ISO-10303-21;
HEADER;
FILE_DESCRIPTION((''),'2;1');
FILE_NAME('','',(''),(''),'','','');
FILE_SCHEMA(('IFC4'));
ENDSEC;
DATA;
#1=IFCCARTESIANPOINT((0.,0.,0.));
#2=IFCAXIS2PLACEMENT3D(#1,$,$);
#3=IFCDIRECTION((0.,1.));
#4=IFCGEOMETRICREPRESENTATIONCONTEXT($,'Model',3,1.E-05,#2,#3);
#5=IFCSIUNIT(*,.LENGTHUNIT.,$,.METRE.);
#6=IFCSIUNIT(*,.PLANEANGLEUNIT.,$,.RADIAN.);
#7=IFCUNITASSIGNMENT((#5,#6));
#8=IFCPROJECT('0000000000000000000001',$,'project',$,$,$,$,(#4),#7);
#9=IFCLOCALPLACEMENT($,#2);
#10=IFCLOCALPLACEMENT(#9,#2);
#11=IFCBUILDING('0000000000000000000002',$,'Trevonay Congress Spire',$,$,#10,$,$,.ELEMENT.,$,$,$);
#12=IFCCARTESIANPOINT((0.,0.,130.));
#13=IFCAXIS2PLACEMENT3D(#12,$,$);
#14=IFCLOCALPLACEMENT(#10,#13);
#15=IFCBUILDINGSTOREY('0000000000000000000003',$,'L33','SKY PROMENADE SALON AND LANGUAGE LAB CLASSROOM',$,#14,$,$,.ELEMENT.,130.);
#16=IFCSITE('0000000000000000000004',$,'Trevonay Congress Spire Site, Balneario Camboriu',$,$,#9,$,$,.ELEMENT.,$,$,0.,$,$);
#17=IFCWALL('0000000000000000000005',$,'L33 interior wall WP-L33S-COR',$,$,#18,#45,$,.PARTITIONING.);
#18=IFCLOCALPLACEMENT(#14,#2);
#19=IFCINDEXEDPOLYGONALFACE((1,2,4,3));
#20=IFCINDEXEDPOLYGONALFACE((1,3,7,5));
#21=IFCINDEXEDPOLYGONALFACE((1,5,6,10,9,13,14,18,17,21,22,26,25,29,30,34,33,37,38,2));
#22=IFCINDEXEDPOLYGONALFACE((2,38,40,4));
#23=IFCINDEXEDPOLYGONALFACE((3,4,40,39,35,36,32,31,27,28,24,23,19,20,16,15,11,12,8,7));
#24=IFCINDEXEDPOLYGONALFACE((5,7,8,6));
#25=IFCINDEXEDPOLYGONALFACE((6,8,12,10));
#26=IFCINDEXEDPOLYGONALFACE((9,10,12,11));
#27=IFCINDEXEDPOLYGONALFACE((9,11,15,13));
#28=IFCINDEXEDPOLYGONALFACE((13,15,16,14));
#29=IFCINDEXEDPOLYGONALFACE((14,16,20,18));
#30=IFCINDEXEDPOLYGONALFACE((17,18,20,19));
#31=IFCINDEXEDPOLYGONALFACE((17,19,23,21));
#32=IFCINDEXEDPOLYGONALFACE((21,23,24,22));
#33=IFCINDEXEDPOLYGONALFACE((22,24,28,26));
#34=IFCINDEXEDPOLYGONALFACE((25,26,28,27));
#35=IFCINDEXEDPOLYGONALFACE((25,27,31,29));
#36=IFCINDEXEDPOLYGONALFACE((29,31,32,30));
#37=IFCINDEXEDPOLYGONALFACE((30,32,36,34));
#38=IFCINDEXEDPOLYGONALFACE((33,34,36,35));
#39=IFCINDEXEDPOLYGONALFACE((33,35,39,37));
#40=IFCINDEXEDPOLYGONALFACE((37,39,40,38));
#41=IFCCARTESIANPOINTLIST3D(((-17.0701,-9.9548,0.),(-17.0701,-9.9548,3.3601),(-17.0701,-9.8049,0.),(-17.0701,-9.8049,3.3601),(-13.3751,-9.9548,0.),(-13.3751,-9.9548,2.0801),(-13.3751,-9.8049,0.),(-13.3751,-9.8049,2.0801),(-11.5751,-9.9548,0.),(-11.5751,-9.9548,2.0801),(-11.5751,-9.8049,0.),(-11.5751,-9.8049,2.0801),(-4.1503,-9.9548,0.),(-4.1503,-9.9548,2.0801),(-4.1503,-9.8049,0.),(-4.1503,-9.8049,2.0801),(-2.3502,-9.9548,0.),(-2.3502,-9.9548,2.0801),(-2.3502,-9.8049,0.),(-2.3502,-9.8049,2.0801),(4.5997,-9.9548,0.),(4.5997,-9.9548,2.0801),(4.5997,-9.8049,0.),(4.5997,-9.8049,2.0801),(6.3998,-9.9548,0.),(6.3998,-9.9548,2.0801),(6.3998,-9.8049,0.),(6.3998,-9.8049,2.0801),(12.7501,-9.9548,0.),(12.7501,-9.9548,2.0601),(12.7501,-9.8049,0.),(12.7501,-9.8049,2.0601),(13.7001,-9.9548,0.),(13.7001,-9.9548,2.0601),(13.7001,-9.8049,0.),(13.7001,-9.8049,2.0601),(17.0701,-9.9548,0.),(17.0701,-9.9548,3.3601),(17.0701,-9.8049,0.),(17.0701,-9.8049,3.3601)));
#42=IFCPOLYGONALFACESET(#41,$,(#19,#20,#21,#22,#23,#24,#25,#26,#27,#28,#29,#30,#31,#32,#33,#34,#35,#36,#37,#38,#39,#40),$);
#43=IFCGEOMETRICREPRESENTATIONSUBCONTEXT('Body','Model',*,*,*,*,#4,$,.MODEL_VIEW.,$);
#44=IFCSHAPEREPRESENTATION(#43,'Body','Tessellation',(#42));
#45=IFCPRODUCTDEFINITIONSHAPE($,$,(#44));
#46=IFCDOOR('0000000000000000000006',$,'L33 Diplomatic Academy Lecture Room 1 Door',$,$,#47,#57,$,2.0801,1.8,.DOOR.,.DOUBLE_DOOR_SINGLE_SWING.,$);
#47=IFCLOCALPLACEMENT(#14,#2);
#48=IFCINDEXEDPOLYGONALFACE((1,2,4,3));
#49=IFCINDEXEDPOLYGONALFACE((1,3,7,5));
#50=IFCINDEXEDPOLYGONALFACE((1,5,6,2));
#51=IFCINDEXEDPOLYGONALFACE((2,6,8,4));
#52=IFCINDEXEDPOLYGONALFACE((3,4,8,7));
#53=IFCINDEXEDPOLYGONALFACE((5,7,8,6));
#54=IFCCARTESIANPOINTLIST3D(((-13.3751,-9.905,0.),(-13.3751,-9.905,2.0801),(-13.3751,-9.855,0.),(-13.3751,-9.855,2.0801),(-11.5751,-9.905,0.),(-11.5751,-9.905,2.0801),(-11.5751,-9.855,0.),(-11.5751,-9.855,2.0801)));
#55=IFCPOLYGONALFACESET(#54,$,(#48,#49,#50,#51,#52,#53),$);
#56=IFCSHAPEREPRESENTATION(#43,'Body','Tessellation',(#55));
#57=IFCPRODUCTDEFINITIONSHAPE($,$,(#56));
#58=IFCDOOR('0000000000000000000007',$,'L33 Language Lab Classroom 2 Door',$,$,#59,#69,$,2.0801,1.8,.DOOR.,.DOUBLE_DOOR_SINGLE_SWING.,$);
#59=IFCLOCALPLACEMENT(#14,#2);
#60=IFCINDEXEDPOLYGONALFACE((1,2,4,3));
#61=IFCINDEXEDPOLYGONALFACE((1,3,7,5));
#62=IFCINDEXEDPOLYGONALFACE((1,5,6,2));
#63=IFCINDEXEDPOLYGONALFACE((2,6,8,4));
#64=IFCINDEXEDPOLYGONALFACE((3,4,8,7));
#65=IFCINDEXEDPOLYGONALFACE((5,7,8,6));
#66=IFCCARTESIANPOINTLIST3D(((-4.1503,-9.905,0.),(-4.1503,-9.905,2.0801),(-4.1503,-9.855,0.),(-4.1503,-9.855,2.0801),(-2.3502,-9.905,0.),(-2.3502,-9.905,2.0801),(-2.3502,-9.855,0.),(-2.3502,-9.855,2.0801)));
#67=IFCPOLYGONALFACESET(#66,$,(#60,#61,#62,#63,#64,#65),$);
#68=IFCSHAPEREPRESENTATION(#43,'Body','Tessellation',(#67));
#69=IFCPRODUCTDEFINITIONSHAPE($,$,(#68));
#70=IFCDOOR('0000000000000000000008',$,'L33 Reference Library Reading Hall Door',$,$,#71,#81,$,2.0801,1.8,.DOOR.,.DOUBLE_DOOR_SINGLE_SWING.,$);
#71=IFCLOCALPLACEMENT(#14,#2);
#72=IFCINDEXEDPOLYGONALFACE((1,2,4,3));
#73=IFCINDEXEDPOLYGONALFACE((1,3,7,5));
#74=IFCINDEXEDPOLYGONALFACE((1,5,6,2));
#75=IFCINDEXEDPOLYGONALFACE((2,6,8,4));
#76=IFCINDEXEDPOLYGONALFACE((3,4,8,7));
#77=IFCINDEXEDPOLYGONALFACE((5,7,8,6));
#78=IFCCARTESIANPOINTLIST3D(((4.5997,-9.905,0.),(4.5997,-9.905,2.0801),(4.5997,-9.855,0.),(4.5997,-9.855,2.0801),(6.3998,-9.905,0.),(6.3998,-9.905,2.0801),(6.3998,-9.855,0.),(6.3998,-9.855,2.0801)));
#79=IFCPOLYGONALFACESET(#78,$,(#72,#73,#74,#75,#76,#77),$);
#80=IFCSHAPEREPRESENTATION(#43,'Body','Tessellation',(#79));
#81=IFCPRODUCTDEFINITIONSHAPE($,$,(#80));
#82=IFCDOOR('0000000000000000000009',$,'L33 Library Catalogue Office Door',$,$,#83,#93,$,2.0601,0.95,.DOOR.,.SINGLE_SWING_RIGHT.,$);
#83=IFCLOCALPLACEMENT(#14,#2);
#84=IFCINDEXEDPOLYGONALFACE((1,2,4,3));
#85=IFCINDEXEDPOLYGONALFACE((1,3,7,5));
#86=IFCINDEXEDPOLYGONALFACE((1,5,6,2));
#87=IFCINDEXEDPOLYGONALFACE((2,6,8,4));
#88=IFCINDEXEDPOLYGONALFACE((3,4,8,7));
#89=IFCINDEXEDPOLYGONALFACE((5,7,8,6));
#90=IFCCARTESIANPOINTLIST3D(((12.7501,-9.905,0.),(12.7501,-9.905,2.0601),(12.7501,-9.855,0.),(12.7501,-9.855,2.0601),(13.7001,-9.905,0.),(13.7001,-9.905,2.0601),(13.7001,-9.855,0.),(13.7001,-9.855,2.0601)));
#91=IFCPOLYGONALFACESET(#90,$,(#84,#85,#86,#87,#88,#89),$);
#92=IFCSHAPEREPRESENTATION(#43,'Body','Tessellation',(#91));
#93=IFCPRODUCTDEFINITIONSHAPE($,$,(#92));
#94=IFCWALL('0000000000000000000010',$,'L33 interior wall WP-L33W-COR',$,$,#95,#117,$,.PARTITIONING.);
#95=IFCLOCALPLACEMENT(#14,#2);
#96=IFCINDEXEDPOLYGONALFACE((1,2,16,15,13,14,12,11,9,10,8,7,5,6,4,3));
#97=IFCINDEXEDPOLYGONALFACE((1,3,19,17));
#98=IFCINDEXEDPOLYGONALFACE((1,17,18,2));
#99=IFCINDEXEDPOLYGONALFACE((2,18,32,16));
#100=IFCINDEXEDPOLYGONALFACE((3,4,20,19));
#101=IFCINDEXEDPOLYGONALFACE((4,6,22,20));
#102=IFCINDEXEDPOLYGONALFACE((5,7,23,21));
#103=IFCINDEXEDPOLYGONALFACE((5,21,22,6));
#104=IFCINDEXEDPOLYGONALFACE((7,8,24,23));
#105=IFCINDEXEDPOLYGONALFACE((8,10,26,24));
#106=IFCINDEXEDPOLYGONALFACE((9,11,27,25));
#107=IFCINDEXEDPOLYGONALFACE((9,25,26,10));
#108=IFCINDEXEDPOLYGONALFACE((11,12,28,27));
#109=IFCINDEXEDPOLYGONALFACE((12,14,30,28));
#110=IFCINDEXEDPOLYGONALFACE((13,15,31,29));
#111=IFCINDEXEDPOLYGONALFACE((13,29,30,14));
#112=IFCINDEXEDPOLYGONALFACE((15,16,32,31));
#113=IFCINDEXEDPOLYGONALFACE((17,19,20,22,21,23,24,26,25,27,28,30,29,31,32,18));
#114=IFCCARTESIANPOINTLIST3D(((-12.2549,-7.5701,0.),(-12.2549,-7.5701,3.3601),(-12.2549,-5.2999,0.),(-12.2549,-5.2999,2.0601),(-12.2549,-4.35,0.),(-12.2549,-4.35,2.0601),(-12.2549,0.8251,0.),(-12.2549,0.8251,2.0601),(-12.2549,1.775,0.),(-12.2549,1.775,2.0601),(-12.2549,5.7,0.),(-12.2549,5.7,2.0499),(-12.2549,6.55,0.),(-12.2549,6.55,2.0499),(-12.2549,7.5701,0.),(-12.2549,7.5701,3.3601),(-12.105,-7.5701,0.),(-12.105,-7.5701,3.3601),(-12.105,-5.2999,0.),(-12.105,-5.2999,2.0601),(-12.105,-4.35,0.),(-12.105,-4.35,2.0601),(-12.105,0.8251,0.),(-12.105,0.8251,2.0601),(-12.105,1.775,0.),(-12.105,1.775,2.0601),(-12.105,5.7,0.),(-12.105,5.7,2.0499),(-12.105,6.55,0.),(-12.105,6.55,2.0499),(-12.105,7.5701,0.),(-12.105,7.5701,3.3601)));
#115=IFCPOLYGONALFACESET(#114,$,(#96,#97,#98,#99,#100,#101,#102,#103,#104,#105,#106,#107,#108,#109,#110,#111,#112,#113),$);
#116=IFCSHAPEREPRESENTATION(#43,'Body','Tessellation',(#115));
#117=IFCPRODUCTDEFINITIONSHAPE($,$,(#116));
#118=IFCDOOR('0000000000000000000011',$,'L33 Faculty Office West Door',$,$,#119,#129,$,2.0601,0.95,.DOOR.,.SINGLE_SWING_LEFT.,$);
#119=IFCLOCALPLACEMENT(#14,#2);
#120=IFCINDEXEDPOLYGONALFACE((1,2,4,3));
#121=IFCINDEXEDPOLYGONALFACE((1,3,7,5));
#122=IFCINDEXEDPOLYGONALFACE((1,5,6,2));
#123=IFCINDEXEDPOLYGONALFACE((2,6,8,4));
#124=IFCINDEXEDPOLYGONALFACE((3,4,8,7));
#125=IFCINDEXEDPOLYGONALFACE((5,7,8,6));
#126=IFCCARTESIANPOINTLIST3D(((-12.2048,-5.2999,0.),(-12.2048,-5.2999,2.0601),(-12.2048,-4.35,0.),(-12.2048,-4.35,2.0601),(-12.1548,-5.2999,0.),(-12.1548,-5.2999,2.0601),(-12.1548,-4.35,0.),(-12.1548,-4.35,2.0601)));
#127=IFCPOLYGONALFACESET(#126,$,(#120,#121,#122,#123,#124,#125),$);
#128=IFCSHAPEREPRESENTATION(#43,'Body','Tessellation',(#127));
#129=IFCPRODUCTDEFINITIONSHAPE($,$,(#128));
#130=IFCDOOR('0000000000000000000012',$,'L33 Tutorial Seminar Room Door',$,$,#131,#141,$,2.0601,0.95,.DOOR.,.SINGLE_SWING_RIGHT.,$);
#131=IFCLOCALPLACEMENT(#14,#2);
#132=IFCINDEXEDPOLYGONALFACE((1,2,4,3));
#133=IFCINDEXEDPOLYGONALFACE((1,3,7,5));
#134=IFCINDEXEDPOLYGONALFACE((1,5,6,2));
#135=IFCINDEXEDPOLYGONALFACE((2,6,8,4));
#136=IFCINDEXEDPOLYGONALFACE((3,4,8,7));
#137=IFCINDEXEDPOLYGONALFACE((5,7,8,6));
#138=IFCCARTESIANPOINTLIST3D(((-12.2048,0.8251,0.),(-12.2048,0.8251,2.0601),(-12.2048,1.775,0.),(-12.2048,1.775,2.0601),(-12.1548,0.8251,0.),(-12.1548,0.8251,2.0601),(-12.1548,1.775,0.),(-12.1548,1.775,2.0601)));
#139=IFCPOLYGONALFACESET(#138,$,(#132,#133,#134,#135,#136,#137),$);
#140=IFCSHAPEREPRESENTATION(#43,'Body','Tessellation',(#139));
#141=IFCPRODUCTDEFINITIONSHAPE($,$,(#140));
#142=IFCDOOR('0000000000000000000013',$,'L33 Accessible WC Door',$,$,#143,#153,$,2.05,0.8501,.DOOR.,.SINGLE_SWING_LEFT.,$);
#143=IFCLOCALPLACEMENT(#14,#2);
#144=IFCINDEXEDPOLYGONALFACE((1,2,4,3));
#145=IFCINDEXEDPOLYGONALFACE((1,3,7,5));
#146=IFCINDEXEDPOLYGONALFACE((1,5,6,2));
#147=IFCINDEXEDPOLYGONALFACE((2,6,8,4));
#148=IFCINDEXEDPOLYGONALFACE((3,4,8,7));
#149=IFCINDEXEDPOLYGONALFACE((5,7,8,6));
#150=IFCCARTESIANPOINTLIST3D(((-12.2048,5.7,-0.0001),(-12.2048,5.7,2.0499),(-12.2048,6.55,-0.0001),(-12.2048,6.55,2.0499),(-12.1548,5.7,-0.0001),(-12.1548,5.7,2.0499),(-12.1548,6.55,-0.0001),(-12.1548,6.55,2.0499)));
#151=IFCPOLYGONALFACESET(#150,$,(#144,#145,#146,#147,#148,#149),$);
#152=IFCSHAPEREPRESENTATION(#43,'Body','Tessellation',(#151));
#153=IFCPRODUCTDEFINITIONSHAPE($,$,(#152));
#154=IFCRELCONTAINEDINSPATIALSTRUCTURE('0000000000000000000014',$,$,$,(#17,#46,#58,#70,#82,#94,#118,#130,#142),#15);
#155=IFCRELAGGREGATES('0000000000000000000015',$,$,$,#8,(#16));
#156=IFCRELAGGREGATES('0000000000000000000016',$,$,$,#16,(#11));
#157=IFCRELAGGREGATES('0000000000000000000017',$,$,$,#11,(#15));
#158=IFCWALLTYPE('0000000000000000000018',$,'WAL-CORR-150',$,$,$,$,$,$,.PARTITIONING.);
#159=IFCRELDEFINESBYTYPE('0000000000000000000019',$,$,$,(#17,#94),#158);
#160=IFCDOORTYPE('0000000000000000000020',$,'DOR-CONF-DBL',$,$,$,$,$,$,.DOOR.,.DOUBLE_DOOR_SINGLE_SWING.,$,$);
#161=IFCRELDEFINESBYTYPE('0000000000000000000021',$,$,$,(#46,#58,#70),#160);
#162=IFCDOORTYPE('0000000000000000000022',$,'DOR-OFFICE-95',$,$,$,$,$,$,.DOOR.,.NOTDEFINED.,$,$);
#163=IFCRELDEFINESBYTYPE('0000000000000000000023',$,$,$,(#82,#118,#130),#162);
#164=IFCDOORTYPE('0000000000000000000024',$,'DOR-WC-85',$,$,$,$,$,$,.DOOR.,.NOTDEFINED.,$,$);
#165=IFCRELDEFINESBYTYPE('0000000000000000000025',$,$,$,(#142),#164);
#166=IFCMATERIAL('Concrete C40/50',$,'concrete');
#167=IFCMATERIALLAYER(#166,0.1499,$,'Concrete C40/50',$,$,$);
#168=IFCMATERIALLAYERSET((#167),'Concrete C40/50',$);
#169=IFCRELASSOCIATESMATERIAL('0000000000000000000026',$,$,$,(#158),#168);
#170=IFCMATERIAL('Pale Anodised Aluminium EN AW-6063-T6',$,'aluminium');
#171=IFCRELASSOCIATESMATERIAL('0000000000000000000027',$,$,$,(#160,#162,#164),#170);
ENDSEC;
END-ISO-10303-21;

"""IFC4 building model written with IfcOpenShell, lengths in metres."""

from ifc_helpers import new_model, si_unit, direction, frame, frame_2d, origin, place, context, subcontext, project, spatial, rectangle, extrude, material, layer, layer_set, type_object, element, fill, save


model = new_model("IFC4")

# Units and contexts
model_context = context("Model", 3, precision=1e-05, world=origin(), true_north=direction((0.0, 1.0)))
body_context = subcontext(model_context, "Body", "Model", "MODEL_VIEW")
ifc_project = project(units=[si_unit("LENGTHUNIT", "METRE"), si_unit("PLANEANGLEUNIT", "RADIAN")], contexts=[model_context])

# Site, building, storey
site_placement = place(None, origin())
site = spatial("IfcSite", under=ifc_project, at=site_placement, Name="Trevonay Congress Spire Site, Balneario Camboriu", CompositionType="ELEMENT", RefElevation=0.0)
building_placement = place(site_placement, origin())
building = spatial("IfcBuilding", under=site, at=building_placement, Name="Trevonay Congress Spire", CompositionType="ELEMENT")
storey_placement = place(building_placement, frame((0.0, 0.0, 130.0)))
storey = spatial("IfcBuildingStorey", under=building, at=storey_placement, Name="L33", Description="SKY PROMENADE SALON AND LANGUAGE LAB CLASSROOM", CompositionType="ELEMENT", Elevation=130.0)

# Shared definitions
ifc_material_1 = material(Name="Pale Anodised Aluminium EN AW-6063-T6", Category="aluminium")

# Walls, openings, doors
ifc_material_2 = material(Name="Concrete C40/50", Category="concrete")
ifc_layer_1 = layer(ifc_material_2, 0.1499, Name="Concrete C40/50")
ifc_layer_set_1 = layer_set([ifc_layer_1], Name="Concrete C40/50")
wall_type_1 = type_object("IfcWallType", Name="WAL-CORR-150", PredefinedType="PARTITIONING", material=ifc_layer_set_1)
wall_1_placement = place(storey_placement, frame((-17.0701, -9.8799, 0.0), z_axis=(0.0, 0.0, 1.0), x_axis=(1.0, 0.0, 0.0)))
wall_1 = element("IfcWall", 1, at=wall_1_placement, inside=storey, type_object=wall_type_1, Name="L33 interior wall WP-L33S-COR", PredefinedType="PARTITIONING", context=body_context, shape_type="SweptSolid", body=[
    extrude(rectangle(XDim=34.1401, YDim=0.1499, at=frame_2d((17.0701, 0.0))), origin(), (0.0, 0.0, 1.0), 3.3601),
])
opening_1_placement = place(wall_1_placement, frame((3.6951, 0.0, 0.0)))
opening_1 = element("IfcOpeningElement", 2, at=opening_1_placement, cuts=wall_1, PredefinedType="OPENING", context=body_context, shape_type="SweptSolid", body=[
    extrude(rectangle(XDim=1.8, YDim=2.0801, at=frame_2d((0.8999, 1.04))), frame((0.0, 0.085, 0.0), z_axis=(0.0, -1.0, 0.0), x_axis=(1.0, 0.0, 0.0)), (0.0, 0.0, 1.0), 0.1699),
])
opening_2_placement = place(wall_1_placement, frame((12.9199, 0.0, 0.0)))
opening_2 = element("IfcOpeningElement", 3, at=opening_2_placement, cuts=wall_1, PredefinedType="OPENING", context=body_context, shape_type="SweptSolid", body=[
    extrude(rectangle(XDim=1.8, YDim=2.0801, at=frame_2d((0.8999, 1.04))), frame((0.0, 0.085, 0.0), z_axis=(0.0, -1.0, 0.0), x_axis=(1.0, 0.0, 0.0)), (0.0, 0.0, 1.0), 0.1699),
])
opening_3_placement = place(wall_1_placement, frame((21.6699, 0.0, 0.0)))
opening_3 = element("IfcOpeningElement", 4, at=opening_3_placement, cuts=wall_1, PredefinedType="OPENING", context=body_context, shape_type="SweptSolid", body=[
    extrude(rectangle(XDim=1.8, YDim=2.0801, at=frame_2d((0.8999, 1.04))), frame((0.0, 0.085, 0.0), z_axis=(0.0, -1.0, 0.0), x_axis=(1.0, 0.0, 0.0)), (0.0, 0.0, 1.0), 0.1699),
])
opening_4_placement = place(wall_1_placement, frame((29.8201, 0.0, 0.0)))
opening_4 = element("IfcOpeningElement", 5, at=opening_4_placement, cuts=wall_1, PredefinedType="OPENING", context=body_context, shape_type="SweptSolid", body=[
    extrude(rectangle(XDim=0.95, YDim=2.0601, at=frame_2d((0.4751, 1.03))), frame((0.0, 0.085, 0.0), z_axis=(0.0, -1.0, 0.0), x_axis=(1.0, 0.0, 0.0)), (0.0, 0.0, 1.0), 0.1699),
])
door_type_1 = type_object("IfcDoorType", Name="DOR-CONF-DBL", OperationType="DOUBLE_DOOR_SINGLE_SWING", PredefinedType="DOOR", material=ifc_material_1)
door_1_placement = place(opening_1_placement, origin())
door_1 = element("IfcDoor", 6, at=door_1_placement, inside=storey, type_object=door_type_1, Name="L33 Diplomatic Academy Lecture Room 1 Door", OperationType="DOUBLE_DOOR_SINGLE_SWING", OverallHeight=2.0801, OverallWidth=1.8, PredefinedType="DOOR", context=body_context, shape_type="SweptSolid", body=[
    extrude(rectangle(XDim=1.8, YDim=2.0801, at=frame_2d((0.8999, 1.04))), frame((0.0, 0.0249, 0.0), z_axis=(0.0, -1.0, 0.0), x_axis=(1.0, 0.0, 0.0)), (0.0, 0.0, 1.0), 0.05),
])
fill(opening_1, door_1)
door_2_placement = place(opening_2_placement, origin())
door_2 = element("IfcDoor", 7, at=door_2_placement, inside=storey, type_object=door_type_1, Name="L33 Language Lab Classroom 2 Door", OperationType="DOUBLE_DOOR_SINGLE_SWING", OverallHeight=2.0801, OverallWidth=1.8, PredefinedType="DOOR", context=body_context, shape_type="SweptSolid", body=[
    extrude(rectangle(XDim=1.8, YDim=2.0801, at=frame_2d((0.8999, 1.04))), frame((0.0, 0.0249, 0.0), z_axis=(0.0, -1.0, 0.0), x_axis=(1.0, 0.0, 0.0)), (0.0, 0.0, 1.0), 0.05),
])
fill(opening_2, door_2)
door_3_placement = place(opening_3_placement, origin())
door_3 = element("IfcDoor", 8, at=door_3_placement, inside=storey, type_object=door_type_1, Name="L33 Reference Library Reading Hall Door", OperationType="DOUBLE_DOOR_SINGLE_SWING", OverallHeight=2.0801, OverallWidth=1.8, PredefinedType="DOOR", context=body_context, shape_type="SweptSolid", body=[
    extrude(rectangle(XDim=1.8, YDim=2.0801, at=frame_2d((0.8999, 1.04))), frame((0.0, 0.0249, 0.0), z_axis=(0.0, -1.0, 0.0), x_axis=(1.0, 0.0, 0.0)), (0.0, 0.0, 1.0), 0.05),
])
fill(opening_3, door_3)
door_type_2 = type_object("IfcDoorType", Name="DOR-OFFICE-95", OperationType="NOTDEFINED", PredefinedType="DOOR", material=ifc_material_1)
door_4_placement = place(opening_4_placement, origin())
door_4 = element("IfcDoor", 9, at=door_4_placement, inside=storey, type_object=door_type_2, Name="L33 Library Catalogue Office Door", OperationType="SINGLE_SWING_RIGHT", OverallHeight=2.0601, OverallWidth=0.95, PredefinedType="DOOR", context=body_context, shape_type="SweptSolid", body=[
    extrude(rectangle(XDim=0.95, YDim=2.0601, at=frame_2d((0.4751, 1.03))), frame((0.0, 0.0249, 0.0), z_axis=(0.0, -1.0, 0.0), x_axis=(1.0, 0.0, 0.0)), (0.0, 0.0, 1.0), 0.05),
])
fill(opening_4, door_4)
wall_2_placement = place(storey_placement, frame((-12.1799, -7.5701, 0.0), z_axis=(0.0, 0.0, 1.0), x_axis=(0.0, 1.0, 0.0)))
wall_2 = element("IfcWall", 10, at=wall_2_placement, inside=storey, type_object=wall_type_1, Name="L33 interior wall WP-L33W-COR", PredefinedType="PARTITIONING", context=body_context, shape_type="SweptSolid", body=[
    extrude(rectangle(XDim=15.1401, YDim=0.1499, at=frame_2d((7.5701, 0.0))), origin(), (0.0, 0.0, 1.0), 3.3601),
])
opening_5_placement = place(wall_2_placement, frame((2.27, 0.0, 0.0)))
opening_5 = element("IfcOpeningElement", 11, at=opening_5_placement, cuts=wall_2, PredefinedType="OPENING", context=body_context, shape_type="SweptSolid", body=[
    extrude(rectangle(XDim=0.95, YDim=2.0601, at=frame_2d((0.4751, 1.03))), frame((0.0, 0.085, 0.0), z_axis=(0.0, -1.0, 0.0), x_axis=(1.0, 0.0, 0.0)), (0.0, 0.0, 1.0), 0.1699),
])
opening_6_placement = place(wall_2_placement, frame((8.395, 0.0, 0.0)))
opening_6 = element("IfcOpeningElement", 12, at=opening_6_placement, cuts=wall_2, PredefinedType="OPENING", context=body_context, shape_type="SweptSolid", body=[
    extrude(rectangle(XDim=0.95, YDim=2.0601, at=frame_2d((0.4751, 1.03))), frame((0.0, 0.085, 0.0), z_axis=(0.0, -1.0, 0.0), x_axis=(1.0, 0.0, 0.0)), (0.0, 0.0, 1.0), 0.1699),
])
opening_7_placement = place(wall_2_placement, frame((13.27, 0.0, 0.0)))
opening_7 = element("IfcOpeningElement", 13, at=opening_7_placement, cuts=wall_2, PredefinedType="OPENING", context=body_context, shape_type="SweptSolid", body=[
    extrude(rectangle(XDim=0.8501, YDim=2.05, at=frame_2d((0.425, 1.0249))), frame((0.0, 0.085, 0.0), z_axis=(0.0, -1.0, 0.0), x_axis=(1.0, 0.0, 0.0)), (0.0, 0.0, 1.0), 0.1699),
])
door_5_placement = place(opening_5_placement, origin())
door_5 = element("IfcDoor", 14, at=door_5_placement, inside=storey, type_object=door_type_2, Name="L33 Faculty Office West Door", OperationType="SINGLE_SWING_LEFT", OverallHeight=2.0601, OverallWidth=0.95, PredefinedType="DOOR", context=body_context, shape_type="SweptSolid", body=[
    extrude(rectangle(XDim=0.95, YDim=2.0601, at=frame_2d((0.4751, 1.03))), frame((0.0, 0.0249, 0.0), z_axis=(0.0, -1.0, 0.0), x_axis=(1.0, 0.0, 0.0)), (0.0, 0.0, 1.0), 0.05),
])
fill(opening_5, door_5)
door_6_placement = place(opening_6_placement, origin())
door_6 = element("IfcDoor", 15, at=door_6_placement, inside=storey, type_object=door_type_2, Name="L33 Tutorial Seminar Room Door", OperationType="SINGLE_SWING_RIGHT", OverallHeight=2.0601, OverallWidth=0.95, PredefinedType="DOOR", context=body_context, shape_type="SweptSolid", body=[
    extrude(rectangle(XDim=0.95, YDim=2.0601, at=frame_2d((0.4751, 1.03))), frame((0.0, 0.0249, 0.0), z_axis=(0.0, -1.0, 0.0), x_axis=(1.0, 0.0, 0.0)), (0.0, 0.0, 1.0), 0.05),
])
fill(opening_6, door_6)
door_type_3 = type_object("IfcDoorType", Name="DOR-WC-85", OperationType="NOTDEFINED", PredefinedType="DOOR", material=ifc_material_1)
door_7_placement = place(opening_7_placement, origin())
door_7 = element("IfcDoor", 16, at=door_7_placement, inside=storey, type_object=door_type_3, Name="L33 Accessible WC Door", OperationType="SINGLE_SWING_LEFT", OverallHeight=2.05, OverallWidth=0.8501, PredefinedType="DOOR", context=body_context, shape_type="SweptSolid", body=[
    extrude(rectangle(XDim=0.8501, YDim=2.05, at=frame_2d((0.425, 1.0249))), frame((0.0, 0.0249, 0.0), z_axis=(0.0, -1.0, 0.0), x_axis=(1.0, 0.0, 0.0)), (0.0, 0.0, 1.0), 0.05),
])
fill(opening_7, door_7)

save(model, "model.ifc")
